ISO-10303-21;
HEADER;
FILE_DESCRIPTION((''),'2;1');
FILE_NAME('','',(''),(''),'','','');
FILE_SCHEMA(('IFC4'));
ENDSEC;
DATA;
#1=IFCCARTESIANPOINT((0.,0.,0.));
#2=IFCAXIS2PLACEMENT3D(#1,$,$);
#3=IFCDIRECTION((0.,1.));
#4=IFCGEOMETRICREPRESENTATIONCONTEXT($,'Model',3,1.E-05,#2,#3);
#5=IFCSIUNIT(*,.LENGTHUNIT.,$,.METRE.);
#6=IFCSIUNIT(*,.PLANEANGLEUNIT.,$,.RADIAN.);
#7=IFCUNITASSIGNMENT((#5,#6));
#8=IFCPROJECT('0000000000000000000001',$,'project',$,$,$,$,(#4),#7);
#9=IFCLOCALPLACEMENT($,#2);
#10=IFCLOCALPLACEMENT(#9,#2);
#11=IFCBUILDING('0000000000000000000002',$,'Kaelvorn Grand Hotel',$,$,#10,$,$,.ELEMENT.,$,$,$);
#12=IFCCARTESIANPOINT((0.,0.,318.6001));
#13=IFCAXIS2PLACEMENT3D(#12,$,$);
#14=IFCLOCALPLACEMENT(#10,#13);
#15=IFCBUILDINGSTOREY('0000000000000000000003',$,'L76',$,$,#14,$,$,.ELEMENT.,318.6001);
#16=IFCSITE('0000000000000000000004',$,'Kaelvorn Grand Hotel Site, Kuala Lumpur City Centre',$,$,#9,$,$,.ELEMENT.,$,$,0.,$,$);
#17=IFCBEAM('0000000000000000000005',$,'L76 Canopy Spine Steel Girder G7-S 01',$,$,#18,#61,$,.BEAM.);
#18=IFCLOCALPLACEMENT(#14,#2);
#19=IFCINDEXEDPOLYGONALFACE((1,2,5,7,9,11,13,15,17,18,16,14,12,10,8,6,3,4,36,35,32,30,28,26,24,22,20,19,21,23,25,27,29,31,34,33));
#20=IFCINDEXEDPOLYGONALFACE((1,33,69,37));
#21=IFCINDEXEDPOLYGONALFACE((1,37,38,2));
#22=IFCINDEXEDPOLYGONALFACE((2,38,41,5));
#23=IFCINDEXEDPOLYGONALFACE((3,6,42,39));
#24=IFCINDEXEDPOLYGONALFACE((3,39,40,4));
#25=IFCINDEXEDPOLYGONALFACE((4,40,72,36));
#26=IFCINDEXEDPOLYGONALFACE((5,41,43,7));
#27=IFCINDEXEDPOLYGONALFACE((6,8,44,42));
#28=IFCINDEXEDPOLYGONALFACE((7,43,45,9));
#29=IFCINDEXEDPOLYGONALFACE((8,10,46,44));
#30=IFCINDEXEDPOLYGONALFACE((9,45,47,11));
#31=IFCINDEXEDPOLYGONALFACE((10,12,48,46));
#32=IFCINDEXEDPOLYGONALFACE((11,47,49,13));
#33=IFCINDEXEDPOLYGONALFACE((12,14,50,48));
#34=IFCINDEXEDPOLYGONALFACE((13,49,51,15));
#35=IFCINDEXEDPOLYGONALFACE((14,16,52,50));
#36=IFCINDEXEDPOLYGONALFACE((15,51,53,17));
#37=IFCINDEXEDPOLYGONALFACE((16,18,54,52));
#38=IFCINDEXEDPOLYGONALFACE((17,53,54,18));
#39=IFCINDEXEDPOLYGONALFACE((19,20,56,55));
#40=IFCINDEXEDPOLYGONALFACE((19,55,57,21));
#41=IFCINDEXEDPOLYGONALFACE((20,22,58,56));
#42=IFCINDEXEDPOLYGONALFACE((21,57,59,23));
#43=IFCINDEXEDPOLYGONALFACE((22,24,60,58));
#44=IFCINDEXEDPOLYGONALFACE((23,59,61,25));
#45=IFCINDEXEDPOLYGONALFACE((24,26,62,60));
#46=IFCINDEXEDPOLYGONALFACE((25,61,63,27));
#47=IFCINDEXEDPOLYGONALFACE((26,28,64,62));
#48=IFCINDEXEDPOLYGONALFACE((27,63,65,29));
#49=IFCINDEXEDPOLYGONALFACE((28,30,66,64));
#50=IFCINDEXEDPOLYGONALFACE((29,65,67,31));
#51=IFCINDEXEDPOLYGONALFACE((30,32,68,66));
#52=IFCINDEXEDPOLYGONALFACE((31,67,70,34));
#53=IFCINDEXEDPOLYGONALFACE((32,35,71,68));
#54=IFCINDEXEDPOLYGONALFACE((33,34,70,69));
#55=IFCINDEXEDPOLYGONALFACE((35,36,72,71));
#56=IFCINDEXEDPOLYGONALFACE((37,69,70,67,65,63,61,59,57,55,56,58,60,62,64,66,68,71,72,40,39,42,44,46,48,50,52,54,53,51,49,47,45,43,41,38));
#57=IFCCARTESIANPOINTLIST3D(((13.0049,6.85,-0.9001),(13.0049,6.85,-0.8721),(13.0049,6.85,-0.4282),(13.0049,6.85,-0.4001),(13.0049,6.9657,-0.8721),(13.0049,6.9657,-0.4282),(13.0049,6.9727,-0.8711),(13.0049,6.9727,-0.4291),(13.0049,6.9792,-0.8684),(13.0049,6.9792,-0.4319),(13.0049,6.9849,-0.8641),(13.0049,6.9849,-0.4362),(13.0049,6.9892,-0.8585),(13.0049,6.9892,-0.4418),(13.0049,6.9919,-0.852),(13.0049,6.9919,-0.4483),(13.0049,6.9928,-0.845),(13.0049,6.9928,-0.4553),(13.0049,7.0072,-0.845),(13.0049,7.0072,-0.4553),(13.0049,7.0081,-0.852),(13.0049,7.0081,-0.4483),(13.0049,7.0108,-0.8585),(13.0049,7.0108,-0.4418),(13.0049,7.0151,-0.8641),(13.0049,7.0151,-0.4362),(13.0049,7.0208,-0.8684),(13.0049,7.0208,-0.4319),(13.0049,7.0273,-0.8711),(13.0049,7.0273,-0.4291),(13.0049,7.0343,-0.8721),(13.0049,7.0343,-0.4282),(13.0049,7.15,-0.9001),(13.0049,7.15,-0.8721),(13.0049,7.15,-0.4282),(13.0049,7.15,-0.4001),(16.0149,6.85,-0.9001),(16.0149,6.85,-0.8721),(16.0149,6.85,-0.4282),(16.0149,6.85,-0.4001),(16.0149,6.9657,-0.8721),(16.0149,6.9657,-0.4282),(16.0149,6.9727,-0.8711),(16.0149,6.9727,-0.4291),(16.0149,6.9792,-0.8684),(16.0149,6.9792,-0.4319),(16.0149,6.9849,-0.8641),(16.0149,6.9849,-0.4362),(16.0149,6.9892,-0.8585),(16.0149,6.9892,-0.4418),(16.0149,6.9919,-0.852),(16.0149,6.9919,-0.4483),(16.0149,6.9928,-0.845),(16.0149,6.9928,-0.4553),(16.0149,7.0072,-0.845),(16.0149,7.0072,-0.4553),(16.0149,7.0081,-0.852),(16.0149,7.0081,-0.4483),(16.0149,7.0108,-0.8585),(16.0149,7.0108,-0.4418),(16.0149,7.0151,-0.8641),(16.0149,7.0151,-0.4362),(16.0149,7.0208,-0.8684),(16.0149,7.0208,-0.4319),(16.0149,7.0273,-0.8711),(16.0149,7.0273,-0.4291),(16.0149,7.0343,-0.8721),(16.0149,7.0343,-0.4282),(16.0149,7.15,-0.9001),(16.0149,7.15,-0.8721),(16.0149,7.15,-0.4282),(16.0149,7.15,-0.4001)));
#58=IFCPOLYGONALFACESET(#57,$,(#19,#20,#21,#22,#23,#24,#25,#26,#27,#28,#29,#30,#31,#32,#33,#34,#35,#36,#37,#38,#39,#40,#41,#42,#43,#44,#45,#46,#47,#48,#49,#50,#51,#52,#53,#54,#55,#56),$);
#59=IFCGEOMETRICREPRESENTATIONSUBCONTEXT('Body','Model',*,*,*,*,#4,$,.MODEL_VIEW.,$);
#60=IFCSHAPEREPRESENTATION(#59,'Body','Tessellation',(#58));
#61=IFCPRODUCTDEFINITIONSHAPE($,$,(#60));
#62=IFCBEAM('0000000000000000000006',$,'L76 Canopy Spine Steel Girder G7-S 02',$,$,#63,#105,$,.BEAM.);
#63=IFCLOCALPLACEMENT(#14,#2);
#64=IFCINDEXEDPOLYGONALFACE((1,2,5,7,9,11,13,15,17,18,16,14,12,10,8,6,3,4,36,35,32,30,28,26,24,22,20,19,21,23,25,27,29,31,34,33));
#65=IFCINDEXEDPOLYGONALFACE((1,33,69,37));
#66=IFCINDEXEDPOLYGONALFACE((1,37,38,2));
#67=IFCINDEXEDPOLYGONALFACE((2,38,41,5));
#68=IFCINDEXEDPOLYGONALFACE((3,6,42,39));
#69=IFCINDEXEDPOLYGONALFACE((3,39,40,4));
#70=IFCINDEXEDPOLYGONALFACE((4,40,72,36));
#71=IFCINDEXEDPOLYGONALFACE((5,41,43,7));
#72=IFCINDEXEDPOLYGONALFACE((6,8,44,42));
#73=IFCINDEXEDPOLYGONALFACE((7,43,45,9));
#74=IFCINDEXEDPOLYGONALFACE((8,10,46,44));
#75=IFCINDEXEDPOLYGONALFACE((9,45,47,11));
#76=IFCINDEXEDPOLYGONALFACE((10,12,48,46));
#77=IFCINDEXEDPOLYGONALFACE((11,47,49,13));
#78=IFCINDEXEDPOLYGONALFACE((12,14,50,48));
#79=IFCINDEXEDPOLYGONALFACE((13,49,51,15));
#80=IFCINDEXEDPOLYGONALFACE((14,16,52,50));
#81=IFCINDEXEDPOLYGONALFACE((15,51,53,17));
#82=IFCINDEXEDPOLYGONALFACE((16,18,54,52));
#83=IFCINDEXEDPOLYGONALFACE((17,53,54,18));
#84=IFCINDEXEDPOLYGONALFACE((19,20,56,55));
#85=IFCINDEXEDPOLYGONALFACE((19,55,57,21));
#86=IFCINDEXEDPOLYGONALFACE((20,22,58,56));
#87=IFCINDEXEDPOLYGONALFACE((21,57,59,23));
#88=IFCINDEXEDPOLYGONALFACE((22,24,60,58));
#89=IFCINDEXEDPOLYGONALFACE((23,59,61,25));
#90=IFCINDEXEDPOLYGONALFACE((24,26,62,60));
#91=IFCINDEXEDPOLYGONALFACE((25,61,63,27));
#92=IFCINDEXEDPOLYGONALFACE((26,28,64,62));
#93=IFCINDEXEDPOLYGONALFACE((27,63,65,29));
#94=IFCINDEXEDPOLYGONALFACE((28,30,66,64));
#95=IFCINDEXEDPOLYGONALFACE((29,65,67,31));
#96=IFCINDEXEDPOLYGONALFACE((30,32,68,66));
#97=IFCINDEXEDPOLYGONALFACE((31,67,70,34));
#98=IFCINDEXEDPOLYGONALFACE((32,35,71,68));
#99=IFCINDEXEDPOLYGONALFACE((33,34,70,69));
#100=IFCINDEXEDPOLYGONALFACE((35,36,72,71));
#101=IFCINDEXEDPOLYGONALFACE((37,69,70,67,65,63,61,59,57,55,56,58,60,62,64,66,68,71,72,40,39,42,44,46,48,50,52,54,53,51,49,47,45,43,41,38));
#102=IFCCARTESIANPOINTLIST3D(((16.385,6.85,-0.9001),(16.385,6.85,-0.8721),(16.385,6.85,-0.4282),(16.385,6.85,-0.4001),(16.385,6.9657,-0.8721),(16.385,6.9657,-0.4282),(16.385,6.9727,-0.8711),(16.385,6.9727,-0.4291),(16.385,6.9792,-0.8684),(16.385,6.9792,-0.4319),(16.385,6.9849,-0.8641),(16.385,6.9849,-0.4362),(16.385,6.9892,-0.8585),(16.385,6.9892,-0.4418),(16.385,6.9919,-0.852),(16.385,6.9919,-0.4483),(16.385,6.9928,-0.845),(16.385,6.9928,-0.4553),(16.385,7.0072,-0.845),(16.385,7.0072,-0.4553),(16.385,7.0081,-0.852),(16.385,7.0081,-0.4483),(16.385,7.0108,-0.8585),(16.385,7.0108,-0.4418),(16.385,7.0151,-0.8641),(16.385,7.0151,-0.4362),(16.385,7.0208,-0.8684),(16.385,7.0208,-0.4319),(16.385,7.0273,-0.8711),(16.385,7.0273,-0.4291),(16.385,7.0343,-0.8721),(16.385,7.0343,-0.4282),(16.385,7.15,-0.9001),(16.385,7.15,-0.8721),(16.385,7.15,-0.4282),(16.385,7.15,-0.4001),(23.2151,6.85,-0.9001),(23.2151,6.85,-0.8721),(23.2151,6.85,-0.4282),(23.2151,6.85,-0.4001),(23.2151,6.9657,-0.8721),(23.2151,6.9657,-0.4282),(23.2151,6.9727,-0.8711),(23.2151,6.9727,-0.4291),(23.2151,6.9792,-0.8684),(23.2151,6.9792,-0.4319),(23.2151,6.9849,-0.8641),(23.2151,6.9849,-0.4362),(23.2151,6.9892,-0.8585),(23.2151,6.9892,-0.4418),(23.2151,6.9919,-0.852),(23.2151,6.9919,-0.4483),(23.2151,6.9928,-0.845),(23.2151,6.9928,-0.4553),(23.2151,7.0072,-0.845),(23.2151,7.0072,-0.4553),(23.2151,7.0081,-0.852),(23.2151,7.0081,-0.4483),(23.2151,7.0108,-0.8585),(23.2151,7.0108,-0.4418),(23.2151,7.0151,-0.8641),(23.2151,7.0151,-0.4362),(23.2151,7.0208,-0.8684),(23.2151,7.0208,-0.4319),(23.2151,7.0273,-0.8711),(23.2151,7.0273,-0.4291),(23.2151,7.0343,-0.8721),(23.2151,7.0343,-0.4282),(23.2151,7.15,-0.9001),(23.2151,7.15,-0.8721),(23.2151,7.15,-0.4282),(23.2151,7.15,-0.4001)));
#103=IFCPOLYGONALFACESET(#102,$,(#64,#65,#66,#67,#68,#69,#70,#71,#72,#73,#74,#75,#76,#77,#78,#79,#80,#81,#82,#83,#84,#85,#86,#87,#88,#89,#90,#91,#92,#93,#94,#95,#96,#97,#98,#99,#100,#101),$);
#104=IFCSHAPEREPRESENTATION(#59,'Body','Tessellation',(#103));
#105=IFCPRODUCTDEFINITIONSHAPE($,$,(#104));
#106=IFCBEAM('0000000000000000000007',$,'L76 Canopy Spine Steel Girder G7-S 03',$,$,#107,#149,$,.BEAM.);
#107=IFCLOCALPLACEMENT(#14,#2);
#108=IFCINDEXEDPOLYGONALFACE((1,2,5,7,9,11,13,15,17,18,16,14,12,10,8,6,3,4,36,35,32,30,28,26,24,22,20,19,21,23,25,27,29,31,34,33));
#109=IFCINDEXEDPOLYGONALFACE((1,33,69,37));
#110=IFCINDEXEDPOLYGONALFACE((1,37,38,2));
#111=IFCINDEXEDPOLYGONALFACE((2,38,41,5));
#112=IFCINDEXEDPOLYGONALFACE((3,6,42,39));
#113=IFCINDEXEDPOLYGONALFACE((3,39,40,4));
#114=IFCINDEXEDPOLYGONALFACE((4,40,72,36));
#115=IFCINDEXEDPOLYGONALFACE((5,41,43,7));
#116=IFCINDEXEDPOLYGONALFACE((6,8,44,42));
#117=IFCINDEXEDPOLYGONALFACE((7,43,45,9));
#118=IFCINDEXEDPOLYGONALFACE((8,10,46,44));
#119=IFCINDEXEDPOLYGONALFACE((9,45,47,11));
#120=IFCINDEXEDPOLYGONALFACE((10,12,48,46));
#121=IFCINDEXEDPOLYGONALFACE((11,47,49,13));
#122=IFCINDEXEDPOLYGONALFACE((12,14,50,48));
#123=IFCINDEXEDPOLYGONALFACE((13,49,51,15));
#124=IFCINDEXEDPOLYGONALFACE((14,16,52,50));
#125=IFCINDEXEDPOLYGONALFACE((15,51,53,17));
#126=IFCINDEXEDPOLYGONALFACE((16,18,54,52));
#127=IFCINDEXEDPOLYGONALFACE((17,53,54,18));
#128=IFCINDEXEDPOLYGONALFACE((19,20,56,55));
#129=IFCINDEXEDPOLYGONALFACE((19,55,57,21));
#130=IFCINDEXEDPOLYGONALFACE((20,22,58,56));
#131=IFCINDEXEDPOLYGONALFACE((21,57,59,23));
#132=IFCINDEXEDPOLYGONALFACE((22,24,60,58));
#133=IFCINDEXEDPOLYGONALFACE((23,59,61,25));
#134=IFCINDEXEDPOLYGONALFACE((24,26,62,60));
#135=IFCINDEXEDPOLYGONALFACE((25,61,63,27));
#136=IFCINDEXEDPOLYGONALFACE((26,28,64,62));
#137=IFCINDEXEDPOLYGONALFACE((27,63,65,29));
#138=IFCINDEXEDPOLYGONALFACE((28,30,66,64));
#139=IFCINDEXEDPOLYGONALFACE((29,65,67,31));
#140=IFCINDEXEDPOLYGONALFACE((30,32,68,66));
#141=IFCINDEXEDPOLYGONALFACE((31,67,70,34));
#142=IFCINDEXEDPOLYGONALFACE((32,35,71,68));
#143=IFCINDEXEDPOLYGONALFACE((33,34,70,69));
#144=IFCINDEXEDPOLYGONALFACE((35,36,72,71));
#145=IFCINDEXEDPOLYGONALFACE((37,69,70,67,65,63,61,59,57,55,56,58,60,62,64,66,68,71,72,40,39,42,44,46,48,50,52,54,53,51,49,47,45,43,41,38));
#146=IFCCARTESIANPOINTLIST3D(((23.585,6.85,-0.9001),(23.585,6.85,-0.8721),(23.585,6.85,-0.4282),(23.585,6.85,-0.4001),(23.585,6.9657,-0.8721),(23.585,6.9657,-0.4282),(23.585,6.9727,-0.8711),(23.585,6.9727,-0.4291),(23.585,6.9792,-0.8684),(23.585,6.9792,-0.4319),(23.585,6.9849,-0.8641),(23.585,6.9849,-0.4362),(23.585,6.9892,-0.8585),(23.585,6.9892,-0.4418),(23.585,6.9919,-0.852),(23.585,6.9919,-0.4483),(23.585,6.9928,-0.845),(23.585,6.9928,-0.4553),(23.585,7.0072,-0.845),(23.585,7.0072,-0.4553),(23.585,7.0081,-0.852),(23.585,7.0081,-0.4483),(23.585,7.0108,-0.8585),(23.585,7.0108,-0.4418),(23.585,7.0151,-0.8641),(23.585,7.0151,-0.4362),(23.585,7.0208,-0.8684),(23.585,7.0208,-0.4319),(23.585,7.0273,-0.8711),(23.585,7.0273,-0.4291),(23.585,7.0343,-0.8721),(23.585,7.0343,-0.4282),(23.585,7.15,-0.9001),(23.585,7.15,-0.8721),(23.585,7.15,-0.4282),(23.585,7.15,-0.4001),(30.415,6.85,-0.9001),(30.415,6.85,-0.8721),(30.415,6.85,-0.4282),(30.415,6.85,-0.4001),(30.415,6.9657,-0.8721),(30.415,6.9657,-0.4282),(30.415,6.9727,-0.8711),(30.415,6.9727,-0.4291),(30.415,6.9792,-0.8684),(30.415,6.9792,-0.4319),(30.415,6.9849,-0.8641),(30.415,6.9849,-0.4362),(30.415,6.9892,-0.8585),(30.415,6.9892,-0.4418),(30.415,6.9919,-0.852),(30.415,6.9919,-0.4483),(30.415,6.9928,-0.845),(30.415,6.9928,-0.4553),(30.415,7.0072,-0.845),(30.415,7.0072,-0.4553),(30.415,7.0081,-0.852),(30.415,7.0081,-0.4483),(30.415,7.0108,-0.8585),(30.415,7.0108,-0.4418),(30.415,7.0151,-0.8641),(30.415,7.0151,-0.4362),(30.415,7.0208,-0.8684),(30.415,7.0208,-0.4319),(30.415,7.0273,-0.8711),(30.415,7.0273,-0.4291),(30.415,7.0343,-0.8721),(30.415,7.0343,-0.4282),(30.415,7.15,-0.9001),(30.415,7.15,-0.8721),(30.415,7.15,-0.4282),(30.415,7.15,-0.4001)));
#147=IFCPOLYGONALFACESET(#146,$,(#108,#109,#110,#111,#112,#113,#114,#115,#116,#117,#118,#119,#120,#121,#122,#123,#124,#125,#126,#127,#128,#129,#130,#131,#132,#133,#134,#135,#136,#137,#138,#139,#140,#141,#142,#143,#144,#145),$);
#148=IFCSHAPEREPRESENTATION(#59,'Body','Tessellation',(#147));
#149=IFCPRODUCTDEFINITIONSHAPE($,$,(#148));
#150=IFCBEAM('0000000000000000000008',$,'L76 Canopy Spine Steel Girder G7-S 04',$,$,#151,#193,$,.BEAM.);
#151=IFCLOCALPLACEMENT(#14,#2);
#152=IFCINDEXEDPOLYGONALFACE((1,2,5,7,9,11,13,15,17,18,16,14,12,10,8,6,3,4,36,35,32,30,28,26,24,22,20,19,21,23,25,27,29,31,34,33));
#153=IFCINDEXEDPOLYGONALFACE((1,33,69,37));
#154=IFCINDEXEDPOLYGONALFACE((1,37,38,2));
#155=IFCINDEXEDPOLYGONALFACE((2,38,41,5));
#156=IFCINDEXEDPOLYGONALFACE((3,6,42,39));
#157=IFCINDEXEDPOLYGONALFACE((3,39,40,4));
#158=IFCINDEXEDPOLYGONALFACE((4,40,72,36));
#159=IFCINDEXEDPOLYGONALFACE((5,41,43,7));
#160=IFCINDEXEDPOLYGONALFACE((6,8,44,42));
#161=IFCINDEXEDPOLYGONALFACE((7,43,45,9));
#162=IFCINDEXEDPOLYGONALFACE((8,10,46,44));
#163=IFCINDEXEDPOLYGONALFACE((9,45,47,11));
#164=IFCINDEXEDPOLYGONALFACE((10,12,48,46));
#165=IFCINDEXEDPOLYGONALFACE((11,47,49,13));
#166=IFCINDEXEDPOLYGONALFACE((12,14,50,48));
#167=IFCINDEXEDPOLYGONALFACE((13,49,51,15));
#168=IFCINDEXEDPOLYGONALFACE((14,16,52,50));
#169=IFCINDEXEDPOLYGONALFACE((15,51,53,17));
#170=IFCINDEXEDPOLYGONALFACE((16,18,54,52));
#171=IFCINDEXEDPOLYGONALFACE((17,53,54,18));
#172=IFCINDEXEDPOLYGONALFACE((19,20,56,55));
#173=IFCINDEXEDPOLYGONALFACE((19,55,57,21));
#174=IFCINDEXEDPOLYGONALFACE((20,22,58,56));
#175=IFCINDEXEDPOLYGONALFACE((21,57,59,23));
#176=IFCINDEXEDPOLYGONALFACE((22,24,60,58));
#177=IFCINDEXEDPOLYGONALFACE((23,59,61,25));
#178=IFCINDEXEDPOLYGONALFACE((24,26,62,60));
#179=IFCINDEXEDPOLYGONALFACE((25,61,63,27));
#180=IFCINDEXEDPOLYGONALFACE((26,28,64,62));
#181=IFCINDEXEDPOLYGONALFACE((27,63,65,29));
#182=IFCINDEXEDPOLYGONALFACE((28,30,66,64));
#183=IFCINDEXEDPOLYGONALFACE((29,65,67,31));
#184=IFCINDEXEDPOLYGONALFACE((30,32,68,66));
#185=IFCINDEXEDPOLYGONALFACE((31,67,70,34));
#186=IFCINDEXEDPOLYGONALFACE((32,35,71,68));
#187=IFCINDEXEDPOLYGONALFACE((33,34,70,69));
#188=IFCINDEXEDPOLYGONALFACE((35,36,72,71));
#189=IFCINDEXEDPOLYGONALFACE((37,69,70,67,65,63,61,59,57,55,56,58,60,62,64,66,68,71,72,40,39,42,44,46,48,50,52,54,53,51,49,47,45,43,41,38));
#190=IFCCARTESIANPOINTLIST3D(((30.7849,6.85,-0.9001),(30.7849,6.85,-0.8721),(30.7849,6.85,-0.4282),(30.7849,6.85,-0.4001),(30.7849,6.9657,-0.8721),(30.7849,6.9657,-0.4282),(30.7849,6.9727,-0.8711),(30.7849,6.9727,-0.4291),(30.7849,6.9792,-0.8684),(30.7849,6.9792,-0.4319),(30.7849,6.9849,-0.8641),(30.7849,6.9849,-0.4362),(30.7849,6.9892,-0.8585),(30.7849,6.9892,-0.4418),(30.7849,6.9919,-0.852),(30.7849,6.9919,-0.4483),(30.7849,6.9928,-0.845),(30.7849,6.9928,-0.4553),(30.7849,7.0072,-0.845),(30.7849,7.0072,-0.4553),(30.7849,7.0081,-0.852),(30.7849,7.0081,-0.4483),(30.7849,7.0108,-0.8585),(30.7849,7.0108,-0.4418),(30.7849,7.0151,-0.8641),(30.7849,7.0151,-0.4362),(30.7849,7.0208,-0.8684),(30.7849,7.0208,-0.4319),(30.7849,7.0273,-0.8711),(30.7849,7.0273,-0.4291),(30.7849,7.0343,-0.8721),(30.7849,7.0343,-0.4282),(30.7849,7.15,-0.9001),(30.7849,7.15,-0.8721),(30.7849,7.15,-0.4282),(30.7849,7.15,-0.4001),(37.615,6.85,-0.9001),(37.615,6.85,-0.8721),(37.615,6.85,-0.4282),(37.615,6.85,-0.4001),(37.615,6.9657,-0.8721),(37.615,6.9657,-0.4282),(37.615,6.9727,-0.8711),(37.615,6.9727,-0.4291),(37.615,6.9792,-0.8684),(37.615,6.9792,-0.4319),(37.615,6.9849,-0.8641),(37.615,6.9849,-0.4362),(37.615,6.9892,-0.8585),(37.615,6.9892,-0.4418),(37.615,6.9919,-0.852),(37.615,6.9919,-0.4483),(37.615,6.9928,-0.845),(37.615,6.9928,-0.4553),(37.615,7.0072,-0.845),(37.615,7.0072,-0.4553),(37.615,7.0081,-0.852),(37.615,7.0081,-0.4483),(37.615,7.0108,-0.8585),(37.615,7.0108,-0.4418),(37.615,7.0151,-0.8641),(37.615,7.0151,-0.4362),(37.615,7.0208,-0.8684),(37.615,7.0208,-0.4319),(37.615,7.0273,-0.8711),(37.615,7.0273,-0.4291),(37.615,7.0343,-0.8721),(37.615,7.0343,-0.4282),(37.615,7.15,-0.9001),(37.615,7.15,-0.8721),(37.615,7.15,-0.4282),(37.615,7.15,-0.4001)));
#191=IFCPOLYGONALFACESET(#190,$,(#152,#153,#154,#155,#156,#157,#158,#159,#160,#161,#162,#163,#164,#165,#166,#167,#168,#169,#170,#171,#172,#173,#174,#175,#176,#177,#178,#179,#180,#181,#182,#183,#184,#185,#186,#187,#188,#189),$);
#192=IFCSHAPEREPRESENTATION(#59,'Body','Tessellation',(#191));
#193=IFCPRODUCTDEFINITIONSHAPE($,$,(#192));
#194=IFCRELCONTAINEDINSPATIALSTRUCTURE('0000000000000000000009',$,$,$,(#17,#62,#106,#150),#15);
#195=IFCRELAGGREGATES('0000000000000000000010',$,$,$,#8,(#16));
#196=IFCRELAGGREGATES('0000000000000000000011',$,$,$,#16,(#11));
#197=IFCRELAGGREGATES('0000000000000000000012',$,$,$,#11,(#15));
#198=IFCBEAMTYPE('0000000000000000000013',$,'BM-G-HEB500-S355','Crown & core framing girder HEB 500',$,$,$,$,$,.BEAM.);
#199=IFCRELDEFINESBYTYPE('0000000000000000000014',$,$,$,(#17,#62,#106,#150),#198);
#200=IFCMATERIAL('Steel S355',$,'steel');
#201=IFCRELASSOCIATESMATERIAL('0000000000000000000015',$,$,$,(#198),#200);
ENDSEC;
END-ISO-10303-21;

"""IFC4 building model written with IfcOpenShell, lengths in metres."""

from ifc_helpers import new_model, si_unit, direction, frame, origin, origin_2d, place, context, subcontext, project, spatial, i_section, extrude, material, material_profile, profile_set, type_object, element, save


model = new_model("IFC4")

# Units and contexts
model_context = context("Model", 3, precision=1e-05, world=origin(), true_north=direction((0.0, 1.0)))
body_context = subcontext(model_context, "Body", "Model", "MODEL_VIEW")
ifc_project = project(units=[si_unit("LENGTHUNIT", "METRE"), si_unit("PLANEANGLEUNIT", "RADIAN")], contexts=[model_context])

# Site, building, storey
site_placement = place(None, origin())
site = spatial("IfcSite", under=ifc_project, at=site_placement, Name="Kaelvorn Grand Hotel Site, Kuala Lumpur City Centre", CompositionType="ELEMENT", RefElevation=0.0)
building_placement = place(site_placement, origin())
building = spatial("IfcBuilding", under=site, at=building_placement, Name="Kaelvorn Grand Hotel", CompositionType="ELEMENT")
storey_placement = place(building_placement, frame((0.0, 0.0, 318.6001)))
storey = spatial("IfcBuildingStorey", under=building, at=storey_placement, Name="L76", CompositionType="ELEMENT", Elevation=318.6001)

# Beams
ifc_material_1 = material(Name="Steel S355", Category="steel")
ifc_material_profile_1 = material_profile(ifc_material_1, i_section(OverallWidth=0.3, OverallDepth=0.5, WebThickness=0.0144, FlangeThickness=0.0281, FilletRadius=0.0271, at=origin_2d()), Name="HEB 500")
ifc_profile_set_1 = profile_set([ifc_material_profile_1], Name="Steel S355")
beam_type = type_object("IfcBeamType", Name="BM-G-HEB500-S355", Description="Crown & core framing girder HEB 500", PredefinedType="BEAM", material=ifc_profile_set_1)
beam_1_placement = place(storey_placement, frame((13.0049, 7.0, -0.6501), z_axis=(1.0, 0.0, 0.0), x_axis=(0.0, 1.0, 0.0)))
element("IfcBeam", 1, at=beam_1_placement, inside=storey, type_object=beam_type, Name="L76 Canopy Spine Steel Girder G7-S 01", PredefinedType="BEAM", context=body_context, shape_type="SweptSolid", body=[
    extrude(i_section(OverallWidth=0.3, OverallDepth=0.5, WebThickness=0.0144, FlangeThickness=0.0281, FilletRadius=0.0271, at=origin_2d()), origin(), (0.0, 0.0, 1.0), 3.01),
])
for number, where, z_axis, x_axis, name in (
    (2, (16.385, 7.0, -0.6501), (1.0, 0.0, 0.0), (0.0, 1.0, 0.0), "L76 Canopy Spine Steel Girder G7-S 02"),
    (3, (23.585, 7.0, -0.6501), (1.0, 0.0, 0.0), (0.0, 1.0, 0.0), "L76 Canopy Spine Steel Girder G7-S 03"),
    (4, (30.7849, 7.0, -0.6501), (1.0, 0.0, 0.0), (0.0, 1.0, 0.0), "L76 Canopy Spine Steel Girder G7-S 04"),
):
    element("IfcBeam", number, at=place(storey_placement, frame(where, z_axis=z_axis, x_axis=x_axis)), inside=storey, type_object=beam_type, Name=name, PredefinedType="BEAM", context=body_context, shape_type="SweptSolid", body=[
        extrude(i_section(OverallWidth=0.3, OverallDepth=0.5, WebThickness=0.0144, FlangeThickness=0.0281, FilletRadius=0.0271, at=origin_2d()), origin(), (0.0, 0.0, 1.0), 6.8301),
    ])

save(model, "model.ifc")
